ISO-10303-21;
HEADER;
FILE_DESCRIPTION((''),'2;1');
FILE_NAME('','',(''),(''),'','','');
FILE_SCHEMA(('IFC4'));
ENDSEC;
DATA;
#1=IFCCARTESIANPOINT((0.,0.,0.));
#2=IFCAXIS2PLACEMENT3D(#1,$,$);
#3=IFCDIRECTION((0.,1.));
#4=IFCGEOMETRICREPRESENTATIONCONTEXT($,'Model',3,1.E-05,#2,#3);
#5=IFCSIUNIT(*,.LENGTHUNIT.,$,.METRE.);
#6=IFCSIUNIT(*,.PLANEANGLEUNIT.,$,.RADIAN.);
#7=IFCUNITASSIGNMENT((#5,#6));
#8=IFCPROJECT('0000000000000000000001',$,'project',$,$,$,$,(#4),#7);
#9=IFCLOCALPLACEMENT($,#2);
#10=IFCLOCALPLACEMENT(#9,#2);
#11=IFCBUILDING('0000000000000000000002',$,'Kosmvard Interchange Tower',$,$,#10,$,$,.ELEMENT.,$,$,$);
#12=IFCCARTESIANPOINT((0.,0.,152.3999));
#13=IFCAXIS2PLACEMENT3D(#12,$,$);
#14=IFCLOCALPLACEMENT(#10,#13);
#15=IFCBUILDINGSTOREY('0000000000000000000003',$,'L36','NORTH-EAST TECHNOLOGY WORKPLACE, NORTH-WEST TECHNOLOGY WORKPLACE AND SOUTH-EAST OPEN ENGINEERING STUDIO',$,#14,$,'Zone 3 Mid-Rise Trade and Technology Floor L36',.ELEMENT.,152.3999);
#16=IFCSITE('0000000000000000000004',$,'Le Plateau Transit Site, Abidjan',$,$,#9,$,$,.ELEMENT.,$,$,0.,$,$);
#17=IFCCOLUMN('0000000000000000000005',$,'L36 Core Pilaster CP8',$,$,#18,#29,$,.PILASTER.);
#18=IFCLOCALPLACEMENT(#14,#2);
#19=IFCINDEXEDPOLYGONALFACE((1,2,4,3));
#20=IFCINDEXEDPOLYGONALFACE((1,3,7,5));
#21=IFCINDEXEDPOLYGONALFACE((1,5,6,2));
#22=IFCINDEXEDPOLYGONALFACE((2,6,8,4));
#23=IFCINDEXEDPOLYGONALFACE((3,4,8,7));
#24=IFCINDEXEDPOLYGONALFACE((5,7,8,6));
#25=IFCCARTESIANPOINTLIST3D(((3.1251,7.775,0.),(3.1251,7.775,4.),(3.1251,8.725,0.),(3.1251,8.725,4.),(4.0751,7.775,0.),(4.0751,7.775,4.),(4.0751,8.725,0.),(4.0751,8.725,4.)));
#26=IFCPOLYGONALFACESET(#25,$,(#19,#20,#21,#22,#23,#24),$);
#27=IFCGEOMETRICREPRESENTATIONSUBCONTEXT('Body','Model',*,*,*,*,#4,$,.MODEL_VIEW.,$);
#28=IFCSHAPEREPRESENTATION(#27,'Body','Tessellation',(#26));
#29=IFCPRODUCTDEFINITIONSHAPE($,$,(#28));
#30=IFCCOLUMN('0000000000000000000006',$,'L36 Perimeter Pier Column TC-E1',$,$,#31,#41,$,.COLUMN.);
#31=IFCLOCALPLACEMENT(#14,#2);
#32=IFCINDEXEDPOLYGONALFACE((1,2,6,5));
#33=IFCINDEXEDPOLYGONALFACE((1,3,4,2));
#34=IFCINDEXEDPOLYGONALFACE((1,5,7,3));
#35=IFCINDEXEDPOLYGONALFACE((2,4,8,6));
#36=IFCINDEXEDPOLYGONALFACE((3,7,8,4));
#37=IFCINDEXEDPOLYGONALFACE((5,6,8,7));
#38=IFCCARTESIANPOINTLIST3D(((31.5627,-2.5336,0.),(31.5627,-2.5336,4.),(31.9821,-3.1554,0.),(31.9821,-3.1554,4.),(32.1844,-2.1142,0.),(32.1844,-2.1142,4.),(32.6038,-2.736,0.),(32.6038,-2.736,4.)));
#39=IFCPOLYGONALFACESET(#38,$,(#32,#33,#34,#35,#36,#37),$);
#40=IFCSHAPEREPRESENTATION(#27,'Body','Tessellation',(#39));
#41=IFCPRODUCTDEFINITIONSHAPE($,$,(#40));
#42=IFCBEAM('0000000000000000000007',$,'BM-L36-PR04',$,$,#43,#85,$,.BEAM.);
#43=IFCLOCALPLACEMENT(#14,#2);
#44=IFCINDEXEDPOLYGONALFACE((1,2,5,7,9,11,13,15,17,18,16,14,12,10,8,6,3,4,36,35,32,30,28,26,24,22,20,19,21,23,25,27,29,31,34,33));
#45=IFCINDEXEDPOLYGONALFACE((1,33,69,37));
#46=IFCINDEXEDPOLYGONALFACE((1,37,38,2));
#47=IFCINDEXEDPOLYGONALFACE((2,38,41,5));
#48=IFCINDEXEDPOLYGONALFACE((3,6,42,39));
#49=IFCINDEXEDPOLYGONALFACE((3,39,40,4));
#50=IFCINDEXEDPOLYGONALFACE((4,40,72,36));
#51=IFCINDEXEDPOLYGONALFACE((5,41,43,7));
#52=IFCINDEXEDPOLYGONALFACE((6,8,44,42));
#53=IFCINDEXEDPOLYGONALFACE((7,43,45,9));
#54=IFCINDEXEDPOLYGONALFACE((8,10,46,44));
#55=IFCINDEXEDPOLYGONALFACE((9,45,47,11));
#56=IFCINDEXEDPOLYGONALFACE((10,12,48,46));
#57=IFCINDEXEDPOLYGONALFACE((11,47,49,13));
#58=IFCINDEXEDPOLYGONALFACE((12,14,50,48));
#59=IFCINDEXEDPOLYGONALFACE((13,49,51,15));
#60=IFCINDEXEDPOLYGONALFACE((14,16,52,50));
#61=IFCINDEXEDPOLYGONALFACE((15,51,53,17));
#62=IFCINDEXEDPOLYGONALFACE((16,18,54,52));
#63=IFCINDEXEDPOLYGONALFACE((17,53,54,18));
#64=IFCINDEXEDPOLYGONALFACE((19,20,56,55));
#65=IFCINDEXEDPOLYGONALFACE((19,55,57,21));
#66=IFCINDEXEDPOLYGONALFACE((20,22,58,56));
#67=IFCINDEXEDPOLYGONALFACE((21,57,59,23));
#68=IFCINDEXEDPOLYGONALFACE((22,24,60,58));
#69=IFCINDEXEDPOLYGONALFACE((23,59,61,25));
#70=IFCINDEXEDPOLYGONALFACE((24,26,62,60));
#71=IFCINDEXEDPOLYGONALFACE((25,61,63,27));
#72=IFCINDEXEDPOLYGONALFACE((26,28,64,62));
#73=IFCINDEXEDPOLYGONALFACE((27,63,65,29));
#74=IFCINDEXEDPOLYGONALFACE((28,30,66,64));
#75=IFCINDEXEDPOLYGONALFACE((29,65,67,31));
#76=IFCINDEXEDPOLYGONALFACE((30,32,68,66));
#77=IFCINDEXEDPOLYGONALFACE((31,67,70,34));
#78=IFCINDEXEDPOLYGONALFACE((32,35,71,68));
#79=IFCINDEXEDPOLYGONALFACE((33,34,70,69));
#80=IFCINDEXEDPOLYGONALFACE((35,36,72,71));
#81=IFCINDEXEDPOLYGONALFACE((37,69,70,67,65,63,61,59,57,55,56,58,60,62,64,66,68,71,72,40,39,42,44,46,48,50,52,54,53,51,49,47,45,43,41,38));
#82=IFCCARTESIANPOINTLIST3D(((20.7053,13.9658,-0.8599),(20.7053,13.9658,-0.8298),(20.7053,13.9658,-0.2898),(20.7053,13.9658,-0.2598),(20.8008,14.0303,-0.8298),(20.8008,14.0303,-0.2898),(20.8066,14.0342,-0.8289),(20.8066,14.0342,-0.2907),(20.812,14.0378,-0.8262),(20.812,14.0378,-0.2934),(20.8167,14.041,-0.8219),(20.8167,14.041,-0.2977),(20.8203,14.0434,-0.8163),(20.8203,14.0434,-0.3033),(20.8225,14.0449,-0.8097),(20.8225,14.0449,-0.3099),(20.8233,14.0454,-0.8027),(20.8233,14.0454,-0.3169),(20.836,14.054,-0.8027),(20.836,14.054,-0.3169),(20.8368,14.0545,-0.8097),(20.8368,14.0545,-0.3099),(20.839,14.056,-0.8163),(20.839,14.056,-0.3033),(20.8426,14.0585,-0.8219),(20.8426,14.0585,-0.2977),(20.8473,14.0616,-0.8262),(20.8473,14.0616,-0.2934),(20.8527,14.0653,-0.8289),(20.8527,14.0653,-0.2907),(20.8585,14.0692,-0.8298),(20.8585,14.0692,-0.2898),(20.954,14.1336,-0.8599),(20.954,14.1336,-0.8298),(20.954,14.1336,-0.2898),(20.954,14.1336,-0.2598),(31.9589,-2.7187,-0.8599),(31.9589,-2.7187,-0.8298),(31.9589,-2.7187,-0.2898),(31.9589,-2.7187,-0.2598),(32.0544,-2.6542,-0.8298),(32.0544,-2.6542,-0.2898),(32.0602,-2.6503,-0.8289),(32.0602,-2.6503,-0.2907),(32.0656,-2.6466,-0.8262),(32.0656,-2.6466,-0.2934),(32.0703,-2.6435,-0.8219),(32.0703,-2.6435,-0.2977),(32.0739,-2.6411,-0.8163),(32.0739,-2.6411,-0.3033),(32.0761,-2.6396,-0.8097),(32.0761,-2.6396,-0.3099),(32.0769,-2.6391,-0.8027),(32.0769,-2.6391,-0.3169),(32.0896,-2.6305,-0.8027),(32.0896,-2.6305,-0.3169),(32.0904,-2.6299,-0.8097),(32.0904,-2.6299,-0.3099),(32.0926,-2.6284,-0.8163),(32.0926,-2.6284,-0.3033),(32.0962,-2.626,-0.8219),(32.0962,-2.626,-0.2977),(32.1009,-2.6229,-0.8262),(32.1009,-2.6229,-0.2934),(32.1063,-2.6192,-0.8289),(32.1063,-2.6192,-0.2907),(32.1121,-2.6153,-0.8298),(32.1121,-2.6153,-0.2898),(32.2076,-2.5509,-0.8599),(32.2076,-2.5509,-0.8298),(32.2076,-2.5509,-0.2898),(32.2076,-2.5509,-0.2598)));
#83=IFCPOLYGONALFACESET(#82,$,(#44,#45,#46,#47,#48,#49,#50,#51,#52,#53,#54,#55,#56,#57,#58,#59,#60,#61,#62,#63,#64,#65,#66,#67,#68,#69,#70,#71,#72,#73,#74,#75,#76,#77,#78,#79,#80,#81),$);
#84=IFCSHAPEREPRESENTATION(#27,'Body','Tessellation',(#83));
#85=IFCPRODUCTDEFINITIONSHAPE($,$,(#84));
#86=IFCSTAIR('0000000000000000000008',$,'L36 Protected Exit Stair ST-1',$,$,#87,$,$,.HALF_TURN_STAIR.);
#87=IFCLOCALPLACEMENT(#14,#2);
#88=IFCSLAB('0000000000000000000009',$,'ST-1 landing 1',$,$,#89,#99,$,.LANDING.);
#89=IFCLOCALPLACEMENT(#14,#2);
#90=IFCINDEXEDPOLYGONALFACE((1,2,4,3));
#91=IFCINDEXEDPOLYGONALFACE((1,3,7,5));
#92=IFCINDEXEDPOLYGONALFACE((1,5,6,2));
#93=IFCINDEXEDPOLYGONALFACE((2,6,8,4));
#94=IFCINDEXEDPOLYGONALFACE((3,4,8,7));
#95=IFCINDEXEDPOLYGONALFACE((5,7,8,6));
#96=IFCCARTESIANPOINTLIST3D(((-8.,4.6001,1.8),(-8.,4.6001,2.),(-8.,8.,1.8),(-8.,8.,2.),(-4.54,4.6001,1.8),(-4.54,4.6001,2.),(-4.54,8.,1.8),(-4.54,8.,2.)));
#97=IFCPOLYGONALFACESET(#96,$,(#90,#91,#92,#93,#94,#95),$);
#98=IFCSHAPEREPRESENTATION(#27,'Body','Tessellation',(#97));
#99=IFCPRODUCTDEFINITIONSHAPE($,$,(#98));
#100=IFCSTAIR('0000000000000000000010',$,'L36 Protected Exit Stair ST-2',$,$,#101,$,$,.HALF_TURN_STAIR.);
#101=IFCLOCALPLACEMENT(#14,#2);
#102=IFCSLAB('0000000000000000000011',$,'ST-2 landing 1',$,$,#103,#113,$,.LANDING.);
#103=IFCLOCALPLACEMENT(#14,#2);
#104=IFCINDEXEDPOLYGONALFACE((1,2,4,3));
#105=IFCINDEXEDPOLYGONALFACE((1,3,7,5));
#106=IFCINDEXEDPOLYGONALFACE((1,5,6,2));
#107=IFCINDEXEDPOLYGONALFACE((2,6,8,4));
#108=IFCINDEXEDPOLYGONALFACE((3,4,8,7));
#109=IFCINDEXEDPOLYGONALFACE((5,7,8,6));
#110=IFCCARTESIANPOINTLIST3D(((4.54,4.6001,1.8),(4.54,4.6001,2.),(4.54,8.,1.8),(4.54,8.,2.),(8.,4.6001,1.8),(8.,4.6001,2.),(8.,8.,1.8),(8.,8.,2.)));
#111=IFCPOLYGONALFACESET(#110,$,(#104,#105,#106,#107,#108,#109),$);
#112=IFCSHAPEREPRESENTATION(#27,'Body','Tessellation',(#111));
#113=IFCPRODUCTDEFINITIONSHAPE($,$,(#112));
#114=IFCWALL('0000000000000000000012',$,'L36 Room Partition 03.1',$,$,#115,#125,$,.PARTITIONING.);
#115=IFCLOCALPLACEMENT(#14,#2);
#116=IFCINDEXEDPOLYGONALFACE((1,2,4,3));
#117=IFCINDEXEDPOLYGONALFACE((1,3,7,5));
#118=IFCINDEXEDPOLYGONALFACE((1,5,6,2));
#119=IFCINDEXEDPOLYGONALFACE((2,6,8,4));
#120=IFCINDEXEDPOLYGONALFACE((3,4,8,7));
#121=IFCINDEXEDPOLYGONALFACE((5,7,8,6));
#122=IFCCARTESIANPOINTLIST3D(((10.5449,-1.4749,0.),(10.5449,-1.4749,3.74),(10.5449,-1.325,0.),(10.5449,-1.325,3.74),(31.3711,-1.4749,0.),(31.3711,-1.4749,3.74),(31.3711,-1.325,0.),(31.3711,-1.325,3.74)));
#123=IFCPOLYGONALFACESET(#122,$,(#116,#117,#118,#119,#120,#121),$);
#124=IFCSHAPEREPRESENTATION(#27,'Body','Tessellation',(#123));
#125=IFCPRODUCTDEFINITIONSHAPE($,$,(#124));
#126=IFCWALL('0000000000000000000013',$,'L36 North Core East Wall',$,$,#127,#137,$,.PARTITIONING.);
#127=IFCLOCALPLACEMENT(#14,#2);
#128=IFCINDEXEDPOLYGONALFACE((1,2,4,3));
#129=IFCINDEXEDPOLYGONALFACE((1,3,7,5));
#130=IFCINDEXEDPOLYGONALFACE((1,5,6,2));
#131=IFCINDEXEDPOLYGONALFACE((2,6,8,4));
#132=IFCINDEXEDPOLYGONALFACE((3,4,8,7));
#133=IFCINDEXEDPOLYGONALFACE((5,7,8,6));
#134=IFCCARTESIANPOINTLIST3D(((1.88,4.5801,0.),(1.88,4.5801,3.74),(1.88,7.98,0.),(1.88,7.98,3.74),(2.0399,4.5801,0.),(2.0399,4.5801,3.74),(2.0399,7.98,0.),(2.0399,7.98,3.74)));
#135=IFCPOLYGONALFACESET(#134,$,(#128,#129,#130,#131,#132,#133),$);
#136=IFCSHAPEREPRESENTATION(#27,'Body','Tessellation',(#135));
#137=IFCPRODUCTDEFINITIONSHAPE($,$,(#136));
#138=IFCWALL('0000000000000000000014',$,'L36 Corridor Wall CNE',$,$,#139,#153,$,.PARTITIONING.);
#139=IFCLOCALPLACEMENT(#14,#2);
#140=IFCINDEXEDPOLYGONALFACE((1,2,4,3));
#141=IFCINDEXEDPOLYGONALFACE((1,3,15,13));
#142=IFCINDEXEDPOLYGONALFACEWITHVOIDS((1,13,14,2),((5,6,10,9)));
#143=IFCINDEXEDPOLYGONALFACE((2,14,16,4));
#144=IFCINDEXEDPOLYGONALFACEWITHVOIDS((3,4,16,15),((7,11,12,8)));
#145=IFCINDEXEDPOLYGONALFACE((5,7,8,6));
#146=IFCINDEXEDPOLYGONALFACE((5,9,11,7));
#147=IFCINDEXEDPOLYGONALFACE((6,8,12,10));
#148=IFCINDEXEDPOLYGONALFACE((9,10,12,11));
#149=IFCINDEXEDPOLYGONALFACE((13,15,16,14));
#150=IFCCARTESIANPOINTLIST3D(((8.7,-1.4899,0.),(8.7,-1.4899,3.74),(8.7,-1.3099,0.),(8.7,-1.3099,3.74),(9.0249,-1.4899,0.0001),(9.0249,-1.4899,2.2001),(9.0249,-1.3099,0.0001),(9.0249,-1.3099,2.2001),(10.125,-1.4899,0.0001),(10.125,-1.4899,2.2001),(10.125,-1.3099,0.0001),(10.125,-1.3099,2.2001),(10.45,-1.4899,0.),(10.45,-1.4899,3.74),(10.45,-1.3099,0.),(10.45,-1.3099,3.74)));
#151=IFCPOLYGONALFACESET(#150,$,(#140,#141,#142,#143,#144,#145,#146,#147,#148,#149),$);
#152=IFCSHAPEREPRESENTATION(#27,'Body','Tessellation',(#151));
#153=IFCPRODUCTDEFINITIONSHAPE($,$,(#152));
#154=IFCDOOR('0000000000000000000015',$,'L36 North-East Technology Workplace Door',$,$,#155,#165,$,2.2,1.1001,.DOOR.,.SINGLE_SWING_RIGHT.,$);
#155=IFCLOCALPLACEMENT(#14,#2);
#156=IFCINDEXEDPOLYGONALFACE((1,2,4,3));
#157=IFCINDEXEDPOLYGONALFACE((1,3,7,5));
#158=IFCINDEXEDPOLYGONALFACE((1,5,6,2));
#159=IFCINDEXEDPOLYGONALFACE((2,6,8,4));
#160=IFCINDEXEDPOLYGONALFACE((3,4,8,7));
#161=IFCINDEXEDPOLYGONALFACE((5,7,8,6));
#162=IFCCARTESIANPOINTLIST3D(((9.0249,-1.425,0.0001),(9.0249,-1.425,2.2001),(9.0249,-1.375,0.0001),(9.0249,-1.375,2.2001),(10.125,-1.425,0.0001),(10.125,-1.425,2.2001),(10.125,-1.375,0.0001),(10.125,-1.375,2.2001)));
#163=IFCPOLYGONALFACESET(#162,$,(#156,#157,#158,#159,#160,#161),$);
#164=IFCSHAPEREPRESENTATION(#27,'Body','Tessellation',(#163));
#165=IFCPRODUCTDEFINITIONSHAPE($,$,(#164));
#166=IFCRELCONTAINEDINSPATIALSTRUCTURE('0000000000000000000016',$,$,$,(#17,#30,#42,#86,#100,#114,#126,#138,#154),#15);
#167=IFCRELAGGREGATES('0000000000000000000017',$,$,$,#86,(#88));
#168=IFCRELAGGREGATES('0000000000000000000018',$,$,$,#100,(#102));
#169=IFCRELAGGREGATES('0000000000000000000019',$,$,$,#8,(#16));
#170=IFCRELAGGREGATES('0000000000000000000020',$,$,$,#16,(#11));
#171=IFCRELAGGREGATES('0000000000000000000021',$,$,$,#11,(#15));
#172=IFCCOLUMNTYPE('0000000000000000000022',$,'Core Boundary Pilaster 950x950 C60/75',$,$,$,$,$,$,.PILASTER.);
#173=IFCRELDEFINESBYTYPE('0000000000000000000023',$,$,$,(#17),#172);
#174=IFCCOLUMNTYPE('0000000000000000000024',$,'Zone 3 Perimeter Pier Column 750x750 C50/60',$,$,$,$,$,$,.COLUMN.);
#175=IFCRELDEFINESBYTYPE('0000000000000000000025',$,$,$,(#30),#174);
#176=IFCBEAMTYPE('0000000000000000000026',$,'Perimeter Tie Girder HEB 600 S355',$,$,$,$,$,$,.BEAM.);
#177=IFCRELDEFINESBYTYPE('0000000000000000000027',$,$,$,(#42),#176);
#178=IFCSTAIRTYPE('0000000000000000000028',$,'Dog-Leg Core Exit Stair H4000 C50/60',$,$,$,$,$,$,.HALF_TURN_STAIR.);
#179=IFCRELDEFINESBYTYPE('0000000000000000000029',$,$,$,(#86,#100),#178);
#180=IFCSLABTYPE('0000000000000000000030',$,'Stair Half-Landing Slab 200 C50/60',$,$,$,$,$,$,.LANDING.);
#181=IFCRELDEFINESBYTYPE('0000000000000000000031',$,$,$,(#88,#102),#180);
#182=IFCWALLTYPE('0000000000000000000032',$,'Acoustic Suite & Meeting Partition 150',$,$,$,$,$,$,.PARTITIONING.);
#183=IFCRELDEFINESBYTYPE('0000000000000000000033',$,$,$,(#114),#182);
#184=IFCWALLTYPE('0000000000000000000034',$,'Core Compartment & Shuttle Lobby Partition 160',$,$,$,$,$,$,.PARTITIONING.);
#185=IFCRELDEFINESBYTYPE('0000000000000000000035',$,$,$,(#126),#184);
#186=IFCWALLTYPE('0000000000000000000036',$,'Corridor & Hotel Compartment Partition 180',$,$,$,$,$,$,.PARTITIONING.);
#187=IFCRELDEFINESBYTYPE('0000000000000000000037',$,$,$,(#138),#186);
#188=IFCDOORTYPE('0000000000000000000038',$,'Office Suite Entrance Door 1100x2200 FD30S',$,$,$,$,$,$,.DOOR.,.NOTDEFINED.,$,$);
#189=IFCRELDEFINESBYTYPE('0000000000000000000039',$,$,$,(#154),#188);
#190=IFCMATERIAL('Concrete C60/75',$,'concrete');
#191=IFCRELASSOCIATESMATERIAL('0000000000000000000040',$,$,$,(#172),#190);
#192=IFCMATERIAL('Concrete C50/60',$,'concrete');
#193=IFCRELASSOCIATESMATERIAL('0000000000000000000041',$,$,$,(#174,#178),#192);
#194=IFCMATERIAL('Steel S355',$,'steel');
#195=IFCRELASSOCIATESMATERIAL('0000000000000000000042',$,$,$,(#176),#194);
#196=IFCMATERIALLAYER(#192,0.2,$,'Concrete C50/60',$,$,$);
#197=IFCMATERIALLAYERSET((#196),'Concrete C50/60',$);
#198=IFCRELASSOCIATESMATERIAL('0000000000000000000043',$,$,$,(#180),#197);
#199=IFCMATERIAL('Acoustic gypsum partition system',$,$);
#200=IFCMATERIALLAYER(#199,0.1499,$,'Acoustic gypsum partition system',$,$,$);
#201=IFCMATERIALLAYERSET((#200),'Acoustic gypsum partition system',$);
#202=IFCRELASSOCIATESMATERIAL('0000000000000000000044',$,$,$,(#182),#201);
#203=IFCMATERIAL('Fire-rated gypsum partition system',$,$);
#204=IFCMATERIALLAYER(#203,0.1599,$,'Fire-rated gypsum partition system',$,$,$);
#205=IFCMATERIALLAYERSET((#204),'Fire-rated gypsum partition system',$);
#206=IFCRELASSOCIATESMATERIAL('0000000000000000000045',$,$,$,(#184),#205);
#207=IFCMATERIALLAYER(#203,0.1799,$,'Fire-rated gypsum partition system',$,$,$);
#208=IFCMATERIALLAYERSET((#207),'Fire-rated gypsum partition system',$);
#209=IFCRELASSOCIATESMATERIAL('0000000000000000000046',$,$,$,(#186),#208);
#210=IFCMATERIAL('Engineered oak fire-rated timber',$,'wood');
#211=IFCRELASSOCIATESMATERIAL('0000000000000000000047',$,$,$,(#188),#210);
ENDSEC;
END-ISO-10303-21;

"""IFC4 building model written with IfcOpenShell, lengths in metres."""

from ifc_helpers import new_model, si_unit, direction, frame, frame_2d, origin, origin_2d, place, context, subcontext, project, spatial, polyline, rectangle, i_section, outline, extrude, source, transform, mapped, material, layer, layer_set, material_profile, profile_set, type_object, element, fill, aggregate, save


model = new_model("IFC4")

# Units and contexts
model_context = context("Model", 3, precision=1e-05, world=origin(), true_north=direction((0.0, 1.0)))
body_context = subcontext(model_context, "Body", "Model", "MODEL_VIEW")
ifc_project = project(units=[si_unit("LENGTHUNIT", "METRE"), si_unit("PLANEANGLEUNIT", "RADIAN")], contexts=[model_context])

# Site, building, storey
site_placement = place(None, origin())
site = spatial("IfcSite", under=ifc_project, at=site_placement, Name="Le Plateau Transit Site, Abidjan", CompositionType="ELEMENT", RefElevation=0.0)
building_placement = place(site_placement, origin())
building = spatial("IfcBuilding", under=site, at=building_placement, Name="Kosmvard Interchange Tower", CompositionType="ELEMENT")
storey_placement = place(building_placement, frame((0.0, 0.0, 152.3999)))
storey = spatial("IfcBuildingStorey", under=building, at=storey_placement, Name="L36", Description="NORTH-EAST TECHNOLOGY WORKPLACE, NORTH-WEST TECHNOLOGY WORKPLACE AND SOUTH-EAST OPEN ENGINEERING STUDIO", LongName="Zone 3 Mid-Rise Trade and Technology Floor L36", CompositionType="ELEMENT", Elevation=152.3999)

# Columns
ifc_material_1 = material(Name="Concrete C60/75", Category="concrete")
ifc_material_profile_1 = material_profile(ifc_material_1, rectangle(XDim=0.95, YDim=0.95, at=origin_2d()), Name="CP 950x950")
ifc_profile_set_1 = profile_set([ifc_material_profile_1], Name="Concrete C60/75")
column_type_1 = type_object("IfcColumnType", Name="Core Boundary Pilaster 950x950 C60/75", PredefinedType="PILASTER", material=ifc_profile_set_1)
shared_shape_1 = source(origin(), body_context, "Body", "SweptSolid", [
    extrude(rectangle(XDim=0.95, YDim=0.95, at=origin_2d()), origin(), (0.0, 0.0, 1.0), 4.0),
])
column_1_placement = place(storey_placement, frame((3.6001, 8.25, 0.0), z_axis=(0.0, 0.0, 1.0), x_axis=(1.0, 0.0, 0.0)))
element("IfcColumn", 1, at=column_1_placement, inside=storey, type_object=column_type_1, Name="L36 Core Pilaster CP8", PredefinedType="PILASTER", context=body_context, shape_type="MappedRepresentation", body=[
    mapped(shared_shape_1, transform((0.0, 0.0, 0.0), scale=1.0)),
])
ifc_material_2 = material(Name="Concrete C50/60", Category="concrete")
ifc_material_profile_2 = material_profile(ifc_material_2, rectangle(XDim=0.75, YDim=0.75, at=origin_2d()), Name="TC 750x750")
ifc_profile_set_2 = profile_set([ifc_material_profile_2], Name="Concrete C50/60")
column_type_2 = type_object("IfcColumnType", Name="Zone 3 Perimeter Pier Column 750x750 C50/60", PredefinedType="COLUMN", material=ifc_profile_set_2)
shared_shape_2 = source(origin(), body_context, "Body", "SweptSolid", [
    extrude(rectangle(XDim=0.75, YDim=0.75, at=origin_2d()), origin(), (0.0, 0.0, 1.0), 4.0),
])
column_2_placement = place(storey_placement, frame((32.0833, -2.6348, 0.0), z_axis=(0.0, 0.0, 1.0), x_axis=(0.829038, 0.559193, 0.0)))
element("IfcColumn", 2, at=column_2_placement, inside=storey, type_object=column_type_2, Name="L36 Perimeter Pier Column TC-E1", PredefinedType="COLUMN", context=body_context, shape_type="MappedRepresentation", body=[
    mapped(shared_shape_2, transform((0.0, 0.0, 0.0), scale=1.0)),
])

# Beam
ifc_material_3 = material(Name="Steel S355", Category="steel")
ifc_material_profile_3 = material_profile(ifc_material_3, i_section(OverallWidth=0.3, OverallDepth=0.6001, WebThickness=0.0154, FlangeThickness=0.03, FilletRadius=0.0271, at=origin_2d()), Name="HEB 600")
ifc_profile_set_3 = profile_set([ifc_material_profile_3], Name="Steel S355")
beam_type = type_object("IfcBeamType", Name="Perimeter Tie Girder HEB 600 S355", PredefinedType="BEAM", material=ifc_profile_set_3)
shared_shape_3 = source(origin(), body_context, "Body", "SweptSolid", [
    extrude(i_section(OverallWidth=0.3, OverallDepth=0.6001, WebThickness=0.0154, FlangeThickness=0.03, FilletRadius=0.0271, at=origin_2d()), origin(), (0.0, 0.0, 1.0), 20.125),
])
beam_placement = place(storey_placement, frame((32.0833, -2.6348, -0.5598), z_axis=(-0.559185, 0.829043, 0.0), x_axis=(-0.829043, -0.559185, 0.0)))
element("IfcBeam", 3, at=beam_placement, inside=storey, type_object=beam_type, Name="BM-L36-PR04", PredefinedType="BEAM", context=body_context, shape_type="MappedRepresentation", body=[
    mapped(shared_shape_3, transform((0.0, 0.0, 0.0), scale=1.0)),
])

# Stairs, slabs
stair_type = type_object("IfcStairType", Name="Dog-Leg Core Exit Stair H4000 C50/60", PredefinedType="HALF_TURN_STAIR", material=ifc_material_2)
stair_1_placement = place(storey_placement, origin())
stair_1 = element("IfcStair", 4, at=stair_1_placement, inside=storey, type_object=stair_type, Name="L36 Protected Exit Stair ST-1", PredefinedType="HALF_TURN_STAIR")
ifc_layer_1 = layer(ifc_material_2, 0.2, Name="Concrete C50/60")
ifc_layer_set_1 = layer_set([ifc_layer_1], Name="Concrete C50/60")
slab_type = type_object("IfcSlabType", Name="Stair Half-Landing Slab 200 C50/60", PredefinedType="LANDING", material=ifc_layer_set_1)
slab_1_placement = place(storey_placement, frame((0.0, 0.0, 1.8)))
slab_1 = element("IfcSlab", 5, at=slab_1_placement, type_object=slab_type, Name="ST-1 landing 1", PredefinedType="LANDING", context=body_context, shape_type="SweptSolid", body=[
    extrude(outline(polyline([(-4.54, 4.6001), (-4.54, 8.0), (-8.0, 8.0), (-8.0, 4.6001), (-4.54, 4.6001)])), origin(), (0.0, 0.0, 1.0), 0.2),
])
aggregate(stair_1, [slab_1])
stair_2_placement = place(storey_placement, origin())
stair_2 = element("IfcStair", 6, at=stair_2_placement, inside=storey, type_object=stair_type, Name="L36 Protected Exit Stair ST-2", PredefinedType="HALF_TURN_STAIR")
slab_2_placement = place(storey_placement, frame((0.0, 0.0, 1.8)))
slab_2 = element("IfcSlab", 7, at=slab_2_placement, type_object=slab_type, Name="ST-2 landing 1", PredefinedType="LANDING", context=body_context, shape_type="SweptSolid", body=[
    extrude(outline(polyline([(8.0, 4.6001), (8.0, 8.0), (4.54, 8.0), (4.54, 4.6001), (8.0, 4.6001)])), origin(), (0.0, 0.0, 1.0), 0.2),
])

# Walls
ifc_material_4 = material(Name="Acoustic gypsum partition system")
ifc_layer_2 = layer(ifc_material_4, 0.1499, Name="Acoustic gypsum partition system")
ifc_layer_set_2 = layer_set([ifc_layer_2], Name="Acoustic gypsum partition system")
wall_type_1 = type_object("IfcWallType", Name="Acoustic Suite & Meeting Partition 150", PredefinedType="PARTITIONING", material=ifc_layer_set_2)
wall_1_placement = place(storey_placement, frame((10.5449, -1.3999, 0.0), z_axis=(0.0, 0.0, 1.0), x_axis=(1.0, 0.0, 0.0)))
element("IfcWall", 8, at=wall_1_placement, inside=storey, type_object=wall_type_1, Name="L36 Room Partition 03.1", PredefinedType="PARTITIONING", context=body_context, shape_type="SweptSolid", body=[
    extrude(rectangle(XDim=20.8262, YDim=0.1499, at=frame_2d((10.4131, 0.0))), origin(), (0.0, 0.0, 1.0), 3.74),
])
ifc_material_5 = material(Name="Fire-rated gypsum partition system")
ifc_layer_3 = layer(ifc_material_5, 0.1599, Name="Fire-rated gypsum partition system")
ifc_layer_set_3 = layer_set([ifc_layer_3], Name="Fire-rated gypsum partition system")
wall_type_2 = type_object("IfcWallType", Name="Core Compartment & Shuttle Lobby Partition 160", PredefinedType="PARTITIONING", material=ifc_layer_set_3)
wall_2_placement = place(storey_placement, frame((1.96, 4.5801, 0.0), z_axis=(0.0, 0.0, 1.0), x_axis=(0.0, 1.0, 0.0)))
element("IfcWall", 9, at=wall_2_placement, inside=storey, type_object=wall_type_2, Name="L36 North Core East Wall", PredefinedType="PARTITIONING", context=body_context, shape_type="SweptSolid", body=[
    extrude(rectangle(XDim=3.3999, YDim=0.1599, at=frame_2d((1.7, 0.0))), origin(), (0.0, 0.0, 1.0), 3.74),
])

# Wall, opening, door
ifc_layer_4 = layer(ifc_material_5, 0.1799, Name="Fire-rated gypsum partition system")
ifc_layer_set_4 = layer_set([ifc_layer_4], Name="Fire-rated gypsum partition system")
wall_type_3 = type_object("IfcWallType", Name="Corridor & Hotel Compartment Partition 180", PredefinedType="PARTITIONING", material=ifc_layer_set_4)
wall_3_placement = place(storey_placement, frame((8.7, -1.3999, 0.0), z_axis=(0.0, 0.0, 1.0), x_axis=(1.0, 0.0, 0.0)))
wall_3 = element("IfcWall", 10, at=wall_3_placement, inside=storey, type_object=wall_type_3, Name="L36 Corridor Wall CNE", PredefinedType="PARTITIONING", context=body_context, shape_type="SweptSolid", body=[
    extrude(rectangle(XDim=1.75, YDim=0.1799, at=frame_2d((0.875, 0.0))), origin(), (0.0, 0.0, 1.0), 3.74),
])
opening_1_placement = place(wall_3_placement, frame((0.325, 0.0, 0.0)))
opening_1 = element("IfcOpeningElement", 11, at=opening_1_placement, cuts=wall_3, PredefinedType="OPENING", context=body_context, shape_type="SweptSolid", body=[
    extrude(rectangle(XDim=1.1001, YDim=2.2, at=frame_2d((0.55, 1.1001))), frame((0.0, 0.1001, 0.0), z_axis=(0.0, -1.0, 0.0), x_axis=(1.0, 0.0, 0.0)), (0.0, 0.0, 1.0), 0.2),
])
ifc_material_6 = material(Name="Engineered oak fire-rated timber", Category="wood")
door_type_1 = type_object("IfcDoorType", Name="Office Suite Entrance Door 1100x2200 FD30S", OperationType="NOTDEFINED", PredefinedType="DOOR", material=ifc_material_6)
shared_shape_4 = source(origin(), body_context, "Body", "SweptSolid", [
    extrude(rectangle(XDim=1.1001, YDim=2.2, at=frame_2d((0.55, 1.1001))), frame((0.0, 0.0249, 0.0), z_axis=(0.0, -1.0, 0.0), x_axis=(1.0, 0.0, 0.0)), (0.0, 0.0, 1.0), 0.05),
])
door_1_placement = place(opening_1_placement, origin())
door_1 = element("IfcDoor", 12, at=door_1_placement, inside=storey, type_object=door_type_1, Name="L36 North-East Technology Workplace Door", OperationType="SINGLE_SWING_RIGHT", OverallHeight=2.2, OverallWidth=1.1001, PredefinedType="DOOR", context=body_context, shape_type="MappedRepresentation", body=[
    mapped(shared_shape_4, transform((0.0, 0.0, 0.0), scale=1.0)),
])
fill(opening_1, door_1)

aggregate(stair_2, [slab_2])

save(model, "model.ifc")
